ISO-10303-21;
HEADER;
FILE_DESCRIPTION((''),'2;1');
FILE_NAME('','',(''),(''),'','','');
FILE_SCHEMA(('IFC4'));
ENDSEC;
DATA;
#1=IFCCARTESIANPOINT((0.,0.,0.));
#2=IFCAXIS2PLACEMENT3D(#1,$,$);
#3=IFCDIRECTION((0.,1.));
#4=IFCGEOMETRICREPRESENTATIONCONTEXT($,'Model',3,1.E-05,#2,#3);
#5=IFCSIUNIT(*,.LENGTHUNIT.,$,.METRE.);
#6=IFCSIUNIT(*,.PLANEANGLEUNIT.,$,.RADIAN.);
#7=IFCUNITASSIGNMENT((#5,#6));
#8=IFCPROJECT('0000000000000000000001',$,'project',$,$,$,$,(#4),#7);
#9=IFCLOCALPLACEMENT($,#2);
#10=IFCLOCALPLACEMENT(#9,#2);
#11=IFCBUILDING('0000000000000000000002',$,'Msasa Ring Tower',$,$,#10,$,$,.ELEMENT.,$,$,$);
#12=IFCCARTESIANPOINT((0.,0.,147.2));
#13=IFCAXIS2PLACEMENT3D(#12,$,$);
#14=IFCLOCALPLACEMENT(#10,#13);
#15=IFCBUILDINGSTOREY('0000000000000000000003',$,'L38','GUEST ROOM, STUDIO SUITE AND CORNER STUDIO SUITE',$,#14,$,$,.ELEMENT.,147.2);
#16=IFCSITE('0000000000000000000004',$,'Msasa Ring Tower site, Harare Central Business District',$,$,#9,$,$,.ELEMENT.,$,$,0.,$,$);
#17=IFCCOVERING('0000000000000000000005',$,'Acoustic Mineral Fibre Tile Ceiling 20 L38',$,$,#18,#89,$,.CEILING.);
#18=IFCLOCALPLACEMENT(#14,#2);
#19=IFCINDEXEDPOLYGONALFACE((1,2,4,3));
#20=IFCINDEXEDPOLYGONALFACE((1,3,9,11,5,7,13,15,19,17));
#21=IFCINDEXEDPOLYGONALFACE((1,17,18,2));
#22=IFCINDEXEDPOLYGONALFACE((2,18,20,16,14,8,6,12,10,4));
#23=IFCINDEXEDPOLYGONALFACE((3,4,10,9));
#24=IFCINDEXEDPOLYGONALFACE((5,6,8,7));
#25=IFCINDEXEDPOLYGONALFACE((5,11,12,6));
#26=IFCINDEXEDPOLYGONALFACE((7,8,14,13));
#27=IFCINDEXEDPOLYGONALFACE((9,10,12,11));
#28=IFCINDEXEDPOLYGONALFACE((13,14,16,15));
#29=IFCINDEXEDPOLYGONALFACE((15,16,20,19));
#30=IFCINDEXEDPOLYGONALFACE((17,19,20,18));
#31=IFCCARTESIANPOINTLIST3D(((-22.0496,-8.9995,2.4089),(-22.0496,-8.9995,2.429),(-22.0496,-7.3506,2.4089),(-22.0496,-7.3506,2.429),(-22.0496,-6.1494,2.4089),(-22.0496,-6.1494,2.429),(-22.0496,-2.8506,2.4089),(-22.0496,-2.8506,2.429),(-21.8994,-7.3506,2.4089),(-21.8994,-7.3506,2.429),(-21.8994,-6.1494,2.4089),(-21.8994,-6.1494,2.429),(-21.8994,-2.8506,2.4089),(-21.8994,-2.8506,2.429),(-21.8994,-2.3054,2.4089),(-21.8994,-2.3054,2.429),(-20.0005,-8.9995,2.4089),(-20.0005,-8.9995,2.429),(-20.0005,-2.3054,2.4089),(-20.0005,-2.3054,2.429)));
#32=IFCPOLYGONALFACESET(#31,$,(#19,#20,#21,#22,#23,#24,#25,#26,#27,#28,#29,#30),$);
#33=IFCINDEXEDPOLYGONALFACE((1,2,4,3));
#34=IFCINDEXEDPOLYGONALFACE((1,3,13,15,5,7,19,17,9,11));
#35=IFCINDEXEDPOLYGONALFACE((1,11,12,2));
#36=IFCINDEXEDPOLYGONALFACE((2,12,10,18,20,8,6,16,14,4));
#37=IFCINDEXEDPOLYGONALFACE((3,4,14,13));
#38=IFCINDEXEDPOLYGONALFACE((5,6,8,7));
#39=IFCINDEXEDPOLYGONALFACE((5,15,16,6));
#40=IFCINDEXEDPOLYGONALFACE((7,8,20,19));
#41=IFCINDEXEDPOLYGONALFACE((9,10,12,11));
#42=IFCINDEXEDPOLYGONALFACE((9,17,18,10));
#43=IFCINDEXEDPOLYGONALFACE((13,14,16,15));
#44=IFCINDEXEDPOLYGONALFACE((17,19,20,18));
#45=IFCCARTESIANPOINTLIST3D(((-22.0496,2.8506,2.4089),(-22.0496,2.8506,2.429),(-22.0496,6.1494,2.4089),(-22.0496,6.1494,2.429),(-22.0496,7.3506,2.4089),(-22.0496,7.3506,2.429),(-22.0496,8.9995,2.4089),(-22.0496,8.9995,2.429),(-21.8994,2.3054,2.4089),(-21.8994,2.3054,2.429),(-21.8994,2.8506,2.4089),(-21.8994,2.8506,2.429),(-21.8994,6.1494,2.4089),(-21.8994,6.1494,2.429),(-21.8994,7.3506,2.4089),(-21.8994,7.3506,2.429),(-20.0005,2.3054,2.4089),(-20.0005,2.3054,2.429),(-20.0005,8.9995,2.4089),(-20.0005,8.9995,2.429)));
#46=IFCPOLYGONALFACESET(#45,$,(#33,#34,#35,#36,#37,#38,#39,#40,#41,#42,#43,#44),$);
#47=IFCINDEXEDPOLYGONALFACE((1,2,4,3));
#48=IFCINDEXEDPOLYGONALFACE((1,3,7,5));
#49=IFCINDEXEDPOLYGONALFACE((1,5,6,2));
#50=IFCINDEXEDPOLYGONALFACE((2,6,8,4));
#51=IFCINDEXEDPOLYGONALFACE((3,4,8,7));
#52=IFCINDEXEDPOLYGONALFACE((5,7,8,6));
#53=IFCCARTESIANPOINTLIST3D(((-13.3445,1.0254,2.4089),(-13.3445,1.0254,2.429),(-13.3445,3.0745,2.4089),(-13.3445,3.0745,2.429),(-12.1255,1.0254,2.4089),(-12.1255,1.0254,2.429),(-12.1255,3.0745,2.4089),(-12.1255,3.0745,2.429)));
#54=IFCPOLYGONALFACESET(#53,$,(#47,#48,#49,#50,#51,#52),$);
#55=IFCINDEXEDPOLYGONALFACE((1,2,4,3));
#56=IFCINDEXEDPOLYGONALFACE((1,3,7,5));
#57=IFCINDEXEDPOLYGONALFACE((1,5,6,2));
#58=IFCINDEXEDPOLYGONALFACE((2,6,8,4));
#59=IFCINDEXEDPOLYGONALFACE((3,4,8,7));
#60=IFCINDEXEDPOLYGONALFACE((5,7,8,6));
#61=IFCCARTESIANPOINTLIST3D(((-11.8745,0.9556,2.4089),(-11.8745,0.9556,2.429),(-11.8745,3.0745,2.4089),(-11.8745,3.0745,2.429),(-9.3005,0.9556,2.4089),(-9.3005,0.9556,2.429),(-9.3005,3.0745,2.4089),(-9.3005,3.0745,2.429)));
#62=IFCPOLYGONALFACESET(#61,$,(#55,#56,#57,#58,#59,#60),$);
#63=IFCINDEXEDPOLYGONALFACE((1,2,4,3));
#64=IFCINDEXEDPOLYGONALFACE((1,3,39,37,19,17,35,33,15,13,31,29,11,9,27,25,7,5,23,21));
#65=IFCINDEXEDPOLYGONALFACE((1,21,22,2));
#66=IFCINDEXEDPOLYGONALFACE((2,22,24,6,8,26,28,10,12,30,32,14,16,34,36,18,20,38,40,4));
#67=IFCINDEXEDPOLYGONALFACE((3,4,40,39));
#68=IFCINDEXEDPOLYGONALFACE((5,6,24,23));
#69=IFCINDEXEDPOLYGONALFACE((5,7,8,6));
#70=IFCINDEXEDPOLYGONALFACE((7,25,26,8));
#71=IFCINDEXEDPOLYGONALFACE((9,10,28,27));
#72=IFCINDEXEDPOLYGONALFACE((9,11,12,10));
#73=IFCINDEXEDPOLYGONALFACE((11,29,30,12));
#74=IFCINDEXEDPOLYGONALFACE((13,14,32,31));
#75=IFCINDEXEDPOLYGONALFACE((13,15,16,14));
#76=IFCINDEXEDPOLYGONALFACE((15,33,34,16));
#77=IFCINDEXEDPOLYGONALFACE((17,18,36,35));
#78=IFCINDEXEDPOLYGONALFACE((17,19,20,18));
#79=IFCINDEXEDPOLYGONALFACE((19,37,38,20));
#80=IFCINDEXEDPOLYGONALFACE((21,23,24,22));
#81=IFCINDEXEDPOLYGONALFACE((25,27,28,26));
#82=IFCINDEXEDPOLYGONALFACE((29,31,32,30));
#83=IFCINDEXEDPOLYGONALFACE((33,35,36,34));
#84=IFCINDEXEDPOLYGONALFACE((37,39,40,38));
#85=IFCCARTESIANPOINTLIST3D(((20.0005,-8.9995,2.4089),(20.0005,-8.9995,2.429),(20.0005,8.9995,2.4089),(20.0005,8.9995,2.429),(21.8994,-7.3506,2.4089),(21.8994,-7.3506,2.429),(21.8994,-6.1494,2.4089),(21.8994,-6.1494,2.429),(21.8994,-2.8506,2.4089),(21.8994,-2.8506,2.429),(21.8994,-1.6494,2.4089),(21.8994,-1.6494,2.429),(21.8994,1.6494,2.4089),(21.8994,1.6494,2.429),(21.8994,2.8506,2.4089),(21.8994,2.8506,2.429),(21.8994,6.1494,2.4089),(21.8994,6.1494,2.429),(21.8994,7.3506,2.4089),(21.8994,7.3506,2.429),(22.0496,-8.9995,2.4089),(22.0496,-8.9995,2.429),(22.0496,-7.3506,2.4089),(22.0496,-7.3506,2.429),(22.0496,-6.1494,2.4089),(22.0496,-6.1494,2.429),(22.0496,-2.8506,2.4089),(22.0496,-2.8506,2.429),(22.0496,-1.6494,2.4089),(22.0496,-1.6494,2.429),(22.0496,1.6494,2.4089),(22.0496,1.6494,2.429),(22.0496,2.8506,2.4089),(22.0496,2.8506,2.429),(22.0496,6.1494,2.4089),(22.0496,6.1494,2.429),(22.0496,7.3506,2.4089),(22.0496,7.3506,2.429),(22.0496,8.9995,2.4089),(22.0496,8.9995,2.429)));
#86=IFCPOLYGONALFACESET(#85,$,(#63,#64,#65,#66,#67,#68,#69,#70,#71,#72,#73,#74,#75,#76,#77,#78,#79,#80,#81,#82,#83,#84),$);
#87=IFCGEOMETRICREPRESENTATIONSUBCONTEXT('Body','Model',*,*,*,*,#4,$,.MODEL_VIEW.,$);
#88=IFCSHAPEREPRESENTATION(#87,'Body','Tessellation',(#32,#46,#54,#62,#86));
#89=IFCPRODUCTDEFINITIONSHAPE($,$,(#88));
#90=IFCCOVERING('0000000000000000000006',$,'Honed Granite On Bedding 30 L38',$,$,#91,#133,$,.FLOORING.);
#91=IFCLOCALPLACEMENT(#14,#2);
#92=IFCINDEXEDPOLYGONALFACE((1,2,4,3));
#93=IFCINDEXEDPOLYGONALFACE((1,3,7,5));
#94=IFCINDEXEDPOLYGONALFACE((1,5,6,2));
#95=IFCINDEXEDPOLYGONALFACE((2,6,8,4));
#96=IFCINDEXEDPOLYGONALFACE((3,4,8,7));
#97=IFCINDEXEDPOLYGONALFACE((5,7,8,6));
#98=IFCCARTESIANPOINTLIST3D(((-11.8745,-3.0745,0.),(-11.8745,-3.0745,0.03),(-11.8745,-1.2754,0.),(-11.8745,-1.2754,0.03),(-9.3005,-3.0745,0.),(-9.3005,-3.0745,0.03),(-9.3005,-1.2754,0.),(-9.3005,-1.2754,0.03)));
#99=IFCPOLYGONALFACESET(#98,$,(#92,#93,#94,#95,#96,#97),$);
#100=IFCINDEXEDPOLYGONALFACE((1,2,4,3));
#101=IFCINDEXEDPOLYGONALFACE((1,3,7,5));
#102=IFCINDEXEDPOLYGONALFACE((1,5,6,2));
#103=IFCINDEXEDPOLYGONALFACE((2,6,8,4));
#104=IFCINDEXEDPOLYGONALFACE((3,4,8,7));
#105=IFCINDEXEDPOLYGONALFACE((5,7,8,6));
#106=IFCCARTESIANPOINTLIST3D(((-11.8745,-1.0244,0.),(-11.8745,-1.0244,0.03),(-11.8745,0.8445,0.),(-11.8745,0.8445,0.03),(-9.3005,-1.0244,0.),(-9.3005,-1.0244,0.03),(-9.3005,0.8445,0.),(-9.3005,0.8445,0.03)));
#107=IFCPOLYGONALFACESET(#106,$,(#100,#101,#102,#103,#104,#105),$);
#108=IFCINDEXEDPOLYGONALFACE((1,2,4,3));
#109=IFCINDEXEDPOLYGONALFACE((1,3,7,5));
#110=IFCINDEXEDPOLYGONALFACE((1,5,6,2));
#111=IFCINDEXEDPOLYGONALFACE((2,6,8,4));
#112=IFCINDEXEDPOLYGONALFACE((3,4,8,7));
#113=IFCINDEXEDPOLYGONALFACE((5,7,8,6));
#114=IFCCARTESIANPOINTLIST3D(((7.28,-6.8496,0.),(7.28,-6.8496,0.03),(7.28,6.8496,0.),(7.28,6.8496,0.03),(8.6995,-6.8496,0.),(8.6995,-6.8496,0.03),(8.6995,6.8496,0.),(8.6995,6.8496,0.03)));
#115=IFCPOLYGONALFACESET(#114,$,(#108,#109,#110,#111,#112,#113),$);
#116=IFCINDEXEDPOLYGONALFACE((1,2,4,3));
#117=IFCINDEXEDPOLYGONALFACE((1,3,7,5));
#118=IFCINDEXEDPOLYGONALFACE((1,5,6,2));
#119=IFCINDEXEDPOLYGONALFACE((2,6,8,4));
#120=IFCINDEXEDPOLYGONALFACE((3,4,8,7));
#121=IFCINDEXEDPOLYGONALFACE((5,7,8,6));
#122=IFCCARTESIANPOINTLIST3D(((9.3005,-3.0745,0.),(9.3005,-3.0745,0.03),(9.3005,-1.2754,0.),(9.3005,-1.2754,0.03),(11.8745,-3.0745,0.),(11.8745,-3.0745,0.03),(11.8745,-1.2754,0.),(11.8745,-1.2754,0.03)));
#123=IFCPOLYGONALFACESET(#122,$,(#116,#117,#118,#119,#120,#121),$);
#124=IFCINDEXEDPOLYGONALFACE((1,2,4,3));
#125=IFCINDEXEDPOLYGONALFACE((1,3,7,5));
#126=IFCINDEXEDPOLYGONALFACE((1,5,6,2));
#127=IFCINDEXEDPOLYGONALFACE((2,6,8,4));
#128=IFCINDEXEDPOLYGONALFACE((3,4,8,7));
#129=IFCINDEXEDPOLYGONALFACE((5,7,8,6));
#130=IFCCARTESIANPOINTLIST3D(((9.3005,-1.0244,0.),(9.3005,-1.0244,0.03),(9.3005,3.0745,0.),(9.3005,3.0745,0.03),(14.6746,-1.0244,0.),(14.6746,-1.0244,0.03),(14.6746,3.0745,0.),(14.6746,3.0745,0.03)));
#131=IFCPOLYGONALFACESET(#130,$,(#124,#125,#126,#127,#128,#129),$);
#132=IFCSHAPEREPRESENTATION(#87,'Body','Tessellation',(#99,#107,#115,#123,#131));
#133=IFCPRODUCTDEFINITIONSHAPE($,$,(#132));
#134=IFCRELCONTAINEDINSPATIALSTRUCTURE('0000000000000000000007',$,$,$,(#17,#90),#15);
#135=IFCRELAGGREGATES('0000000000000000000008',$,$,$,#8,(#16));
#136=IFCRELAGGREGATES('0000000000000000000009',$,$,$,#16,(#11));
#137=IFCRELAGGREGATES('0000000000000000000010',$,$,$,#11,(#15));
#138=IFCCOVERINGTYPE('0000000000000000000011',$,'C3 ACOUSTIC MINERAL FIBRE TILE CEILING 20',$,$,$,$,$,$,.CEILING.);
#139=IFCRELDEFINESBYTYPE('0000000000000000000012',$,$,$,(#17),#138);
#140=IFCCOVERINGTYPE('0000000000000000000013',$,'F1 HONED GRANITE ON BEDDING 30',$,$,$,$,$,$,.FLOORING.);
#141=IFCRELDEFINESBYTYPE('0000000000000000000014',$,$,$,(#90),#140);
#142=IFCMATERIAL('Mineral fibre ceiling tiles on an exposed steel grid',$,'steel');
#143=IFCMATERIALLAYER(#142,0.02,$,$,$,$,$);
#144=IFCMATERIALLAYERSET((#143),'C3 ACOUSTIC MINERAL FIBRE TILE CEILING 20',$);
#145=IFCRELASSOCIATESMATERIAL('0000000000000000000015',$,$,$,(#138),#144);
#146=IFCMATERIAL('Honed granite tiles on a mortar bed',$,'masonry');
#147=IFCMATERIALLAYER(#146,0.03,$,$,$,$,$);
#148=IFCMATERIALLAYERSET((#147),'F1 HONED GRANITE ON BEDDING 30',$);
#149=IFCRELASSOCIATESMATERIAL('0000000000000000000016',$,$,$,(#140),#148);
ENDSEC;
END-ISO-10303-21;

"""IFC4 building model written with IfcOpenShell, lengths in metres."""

from ifc_helpers import new_model, si_unit, direction, frame, origin, place, context, subcontext, project, spatial, line, indexed_curve, outline, extrude, material, layer, layer_set, type_object, element, save


model = new_model("IFC4")

# Units and contexts
model_context = context("Model", 3, precision=1e-05, world=origin(), true_north=direction((0.0, 1.0)))
body_context = subcontext(model_context, "Body", "Model", "MODEL_VIEW")
ifc_project = project(units=[si_unit("LENGTHUNIT", "METRE"), si_unit("PLANEANGLEUNIT", "RADIAN")], contexts=[model_context])

# Site, building, storey
site_placement = place(None, origin())
site = spatial("IfcSite", under=ifc_project, at=site_placement, Name="Msasa Ring Tower site, Harare Central Business District", CompositionType="ELEMENT", RefElevation=0.0)
building_placement = place(site_placement, origin())
building = spatial("IfcBuilding", under=site, at=building_placement, Name="Msasa Ring Tower", CompositionType="ELEMENT")
storey_placement = place(building_placement, frame((0.0, 0.0, 147.2)))
storey = spatial("IfcBuildingStorey", under=building, at=storey_placement, Name="L38", Description="GUEST ROOM, STUDIO SUITE AND CORNER STUDIO SUITE", CompositionType="ELEMENT", Elevation=147.2)

# Coverings
ifc_material_1 = material(Name="Mineral fibre ceiling tiles on an exposed steel grid", Category="steel")
ifc_layer_1 = layer(ifc_material_1, 0.02)
ifc_layer_set_1 = layer_set([ifc_layer_1], Name="C3 ACOUSTIC MINERAL FIBRE TILE CEILING 20")
covering_type_1 = type_object("IfcCoveringType", Name="C3 ACOUSTIC MINERAL FIBRE TILE CEILING 20", PredefinedType="CEILING", material=ifc_layer_set_1)
covering_1_placement = place(storey_placement, frame((0.0, 0.0, 2.4089)))
element("IfcCovering", 1, at=covering_1_placement, inside=storey, type_object=covering_type_1, Name="Acoustic Mineral Fibre Tile Ceiling 20 L38", PredefinedType="CEILING", context=body_context, shape_type="SweptSolid", body=[
    extrude(outline(indexed_curve([(-22.0496, -7.3506), (-21.8994, -7.3506), (-21.8994, -6.1494), (-22.0496, -6.1494), (-22.0496, -2.8506), (-21.8994, -2.8506), (-21.8994, -2.3054), (-20.0005, -2.3054), (-20.0005, -8.9995), (-22.0496, -8.9995)], segments=[line(1, 2, 3, 4, 5, 6, 7, 8, 9, 10, 1)], self_intersect=False)), origin(), (0.0, 0.0, 1.0), 0.02),
    extrude(outline(indexed_curve([(-20.0005, 8.9995), (-20.0005, 2.3054), (-21.8994, 2.3054), (-21.8994, 2.8506), (-22.0496, 2.8506), (-22.0496, 6.1494), (-21.8994, 6.1494), (-21.8994, 7.3506), (-22.0496, 7.3506), (-22.0496, 8.9995)], segments=[line(1, 2, 3, 4, 5, 6, 7, 8, 9, 10, 1)], self_intersect=False)), origin(), (0.0, 0.0, 1.0), 0.02),
    extrude(outline(indexed_curve([(-13.3445, 3.0745), (-12.1255, 3.0745), (-12.1255, 1.0254), (-13.3445, 1.0254)], segments=[line(1, 2, 3, 4, 1)], self_intersect=False)), origin(), (0.0, 0.0, 1.0), 0.02),
    extrude(outline(indexed_curve([(-9.3005, 0.9556), (-11.8745, 0.9556), (-11.8745, 3.0745), (-9.3005, 3.0745)], segments=[line(1, 2, 3, 4, 1)], self_intersect=False)), origin(), (0.0, 0.0, 1.0), 0.02),
    extrude(outline(indexed_curve([(22.0496, 8.9995), (22.0496, 7.3506), (21.8994, 7.3506), (21.8994, 6.1494), (22.0496, 6.1494), (22.0496, 2.8506), (21.8994, 2.8506), (21.8994, 1.6494), (22.0496, 1.6494), (22.0496, -1.6494), (21.8994, -1.6494), (21.8994, -2.8506), (22.0496, -2.8506), (22.0496, -6.1494), (21.8994, -6.1494), (21.8994, -7.3506), (22.0496, -7.3506), (22.0496, -8.9995), (20.0005, -8.9995), (20.0005, 8.9995)], segments=[line(1, 2, 3, 4, 5, 6, 7, 8, 9, 10, 11, 12, 13, 14, 15, 16, 17, 18, 19, 20, 1)], self_intersect=False)), origin(), (0.0, 0.0, 1.0), 0.02),
])
ifc_material_2 = material(Name="Honed granite tiles on a mortar bed", Category="masonry")
ifc_layer_2 = layer(ifc_material_2, 0.03)
ifc_layer_set_2 = layer_set([ifc_layer_2], Name="F1 HONED GRANITE ON BEDDING 30")
covering_type_2 = type_object("IfcCoveringType", Name="F1 HONED GRANITE ON BEDDING 30", PredefinedType="FLOORING", material=ifc_layer_set_2)
covering_2_placement = place(storey_placement, origin())
element("IfcCovering", 2, at=covering_2_placement, inside=storey, type_object=covering_type_2, Name="Honed Granite On Bedding 30 L38", PredefinedType="FLOORING", context=body_context, shape_type="SweptSolid", body=[
    extrude(outline(indexed_curve([(-11.8745, -3.0745), (-11.8745, -1.2754), (-9.3005, -1.2754), (-9.3005, -3.0745)], segments=[line(1, 2, 3, 4, 1)], self_intersect=False)), origin(), (0.0, 0.0, 1.0), 0.03),
    extrude(outline(indexed_curve([(-11.8745, -1.0244), (-11.8745, 0.8445), (-9.3005, 0.8445), (-9.3005, -1.0244)], segments=[line(1, 2, 3, 4, 1)], self_intersect=False)), origin(), (0.0, 0.0, 1.0), 0.03),
    extrude(outline(indexed_curve([(8.6995, 6.8496), (8.6995, -6.8496), (7.28, -6.8496), (7.28, 6.8496)], segments=[line(1, 2, 3, 4, 1)], self_intersect=False)), origin(), (0.0, 0.0, 1.0), 0.03),
    extrude(outline(indexed_curve([(9.3005, -3.0745), (9.3005, -1.2754), (11.8745, -1.2754), (11.8745, -3.0745)], segments=[line(1, 2, 3, 4, 1)], self_intersect=False)), origin(), (0.0, 0.0, 1.0), 0.03),
    extrude(outline(indexed_curve([(9.3005, 3.0745), (14.6746, 3.0745), (14.6746, -1.0244), (9.3005, -1.0244)], segments=[line(1, 2, 3, 4, 1)], self_intersect=False)), origin(), (0.0, 0.0, 1.0), 0.03),
])

save(model, "model.ifc")
